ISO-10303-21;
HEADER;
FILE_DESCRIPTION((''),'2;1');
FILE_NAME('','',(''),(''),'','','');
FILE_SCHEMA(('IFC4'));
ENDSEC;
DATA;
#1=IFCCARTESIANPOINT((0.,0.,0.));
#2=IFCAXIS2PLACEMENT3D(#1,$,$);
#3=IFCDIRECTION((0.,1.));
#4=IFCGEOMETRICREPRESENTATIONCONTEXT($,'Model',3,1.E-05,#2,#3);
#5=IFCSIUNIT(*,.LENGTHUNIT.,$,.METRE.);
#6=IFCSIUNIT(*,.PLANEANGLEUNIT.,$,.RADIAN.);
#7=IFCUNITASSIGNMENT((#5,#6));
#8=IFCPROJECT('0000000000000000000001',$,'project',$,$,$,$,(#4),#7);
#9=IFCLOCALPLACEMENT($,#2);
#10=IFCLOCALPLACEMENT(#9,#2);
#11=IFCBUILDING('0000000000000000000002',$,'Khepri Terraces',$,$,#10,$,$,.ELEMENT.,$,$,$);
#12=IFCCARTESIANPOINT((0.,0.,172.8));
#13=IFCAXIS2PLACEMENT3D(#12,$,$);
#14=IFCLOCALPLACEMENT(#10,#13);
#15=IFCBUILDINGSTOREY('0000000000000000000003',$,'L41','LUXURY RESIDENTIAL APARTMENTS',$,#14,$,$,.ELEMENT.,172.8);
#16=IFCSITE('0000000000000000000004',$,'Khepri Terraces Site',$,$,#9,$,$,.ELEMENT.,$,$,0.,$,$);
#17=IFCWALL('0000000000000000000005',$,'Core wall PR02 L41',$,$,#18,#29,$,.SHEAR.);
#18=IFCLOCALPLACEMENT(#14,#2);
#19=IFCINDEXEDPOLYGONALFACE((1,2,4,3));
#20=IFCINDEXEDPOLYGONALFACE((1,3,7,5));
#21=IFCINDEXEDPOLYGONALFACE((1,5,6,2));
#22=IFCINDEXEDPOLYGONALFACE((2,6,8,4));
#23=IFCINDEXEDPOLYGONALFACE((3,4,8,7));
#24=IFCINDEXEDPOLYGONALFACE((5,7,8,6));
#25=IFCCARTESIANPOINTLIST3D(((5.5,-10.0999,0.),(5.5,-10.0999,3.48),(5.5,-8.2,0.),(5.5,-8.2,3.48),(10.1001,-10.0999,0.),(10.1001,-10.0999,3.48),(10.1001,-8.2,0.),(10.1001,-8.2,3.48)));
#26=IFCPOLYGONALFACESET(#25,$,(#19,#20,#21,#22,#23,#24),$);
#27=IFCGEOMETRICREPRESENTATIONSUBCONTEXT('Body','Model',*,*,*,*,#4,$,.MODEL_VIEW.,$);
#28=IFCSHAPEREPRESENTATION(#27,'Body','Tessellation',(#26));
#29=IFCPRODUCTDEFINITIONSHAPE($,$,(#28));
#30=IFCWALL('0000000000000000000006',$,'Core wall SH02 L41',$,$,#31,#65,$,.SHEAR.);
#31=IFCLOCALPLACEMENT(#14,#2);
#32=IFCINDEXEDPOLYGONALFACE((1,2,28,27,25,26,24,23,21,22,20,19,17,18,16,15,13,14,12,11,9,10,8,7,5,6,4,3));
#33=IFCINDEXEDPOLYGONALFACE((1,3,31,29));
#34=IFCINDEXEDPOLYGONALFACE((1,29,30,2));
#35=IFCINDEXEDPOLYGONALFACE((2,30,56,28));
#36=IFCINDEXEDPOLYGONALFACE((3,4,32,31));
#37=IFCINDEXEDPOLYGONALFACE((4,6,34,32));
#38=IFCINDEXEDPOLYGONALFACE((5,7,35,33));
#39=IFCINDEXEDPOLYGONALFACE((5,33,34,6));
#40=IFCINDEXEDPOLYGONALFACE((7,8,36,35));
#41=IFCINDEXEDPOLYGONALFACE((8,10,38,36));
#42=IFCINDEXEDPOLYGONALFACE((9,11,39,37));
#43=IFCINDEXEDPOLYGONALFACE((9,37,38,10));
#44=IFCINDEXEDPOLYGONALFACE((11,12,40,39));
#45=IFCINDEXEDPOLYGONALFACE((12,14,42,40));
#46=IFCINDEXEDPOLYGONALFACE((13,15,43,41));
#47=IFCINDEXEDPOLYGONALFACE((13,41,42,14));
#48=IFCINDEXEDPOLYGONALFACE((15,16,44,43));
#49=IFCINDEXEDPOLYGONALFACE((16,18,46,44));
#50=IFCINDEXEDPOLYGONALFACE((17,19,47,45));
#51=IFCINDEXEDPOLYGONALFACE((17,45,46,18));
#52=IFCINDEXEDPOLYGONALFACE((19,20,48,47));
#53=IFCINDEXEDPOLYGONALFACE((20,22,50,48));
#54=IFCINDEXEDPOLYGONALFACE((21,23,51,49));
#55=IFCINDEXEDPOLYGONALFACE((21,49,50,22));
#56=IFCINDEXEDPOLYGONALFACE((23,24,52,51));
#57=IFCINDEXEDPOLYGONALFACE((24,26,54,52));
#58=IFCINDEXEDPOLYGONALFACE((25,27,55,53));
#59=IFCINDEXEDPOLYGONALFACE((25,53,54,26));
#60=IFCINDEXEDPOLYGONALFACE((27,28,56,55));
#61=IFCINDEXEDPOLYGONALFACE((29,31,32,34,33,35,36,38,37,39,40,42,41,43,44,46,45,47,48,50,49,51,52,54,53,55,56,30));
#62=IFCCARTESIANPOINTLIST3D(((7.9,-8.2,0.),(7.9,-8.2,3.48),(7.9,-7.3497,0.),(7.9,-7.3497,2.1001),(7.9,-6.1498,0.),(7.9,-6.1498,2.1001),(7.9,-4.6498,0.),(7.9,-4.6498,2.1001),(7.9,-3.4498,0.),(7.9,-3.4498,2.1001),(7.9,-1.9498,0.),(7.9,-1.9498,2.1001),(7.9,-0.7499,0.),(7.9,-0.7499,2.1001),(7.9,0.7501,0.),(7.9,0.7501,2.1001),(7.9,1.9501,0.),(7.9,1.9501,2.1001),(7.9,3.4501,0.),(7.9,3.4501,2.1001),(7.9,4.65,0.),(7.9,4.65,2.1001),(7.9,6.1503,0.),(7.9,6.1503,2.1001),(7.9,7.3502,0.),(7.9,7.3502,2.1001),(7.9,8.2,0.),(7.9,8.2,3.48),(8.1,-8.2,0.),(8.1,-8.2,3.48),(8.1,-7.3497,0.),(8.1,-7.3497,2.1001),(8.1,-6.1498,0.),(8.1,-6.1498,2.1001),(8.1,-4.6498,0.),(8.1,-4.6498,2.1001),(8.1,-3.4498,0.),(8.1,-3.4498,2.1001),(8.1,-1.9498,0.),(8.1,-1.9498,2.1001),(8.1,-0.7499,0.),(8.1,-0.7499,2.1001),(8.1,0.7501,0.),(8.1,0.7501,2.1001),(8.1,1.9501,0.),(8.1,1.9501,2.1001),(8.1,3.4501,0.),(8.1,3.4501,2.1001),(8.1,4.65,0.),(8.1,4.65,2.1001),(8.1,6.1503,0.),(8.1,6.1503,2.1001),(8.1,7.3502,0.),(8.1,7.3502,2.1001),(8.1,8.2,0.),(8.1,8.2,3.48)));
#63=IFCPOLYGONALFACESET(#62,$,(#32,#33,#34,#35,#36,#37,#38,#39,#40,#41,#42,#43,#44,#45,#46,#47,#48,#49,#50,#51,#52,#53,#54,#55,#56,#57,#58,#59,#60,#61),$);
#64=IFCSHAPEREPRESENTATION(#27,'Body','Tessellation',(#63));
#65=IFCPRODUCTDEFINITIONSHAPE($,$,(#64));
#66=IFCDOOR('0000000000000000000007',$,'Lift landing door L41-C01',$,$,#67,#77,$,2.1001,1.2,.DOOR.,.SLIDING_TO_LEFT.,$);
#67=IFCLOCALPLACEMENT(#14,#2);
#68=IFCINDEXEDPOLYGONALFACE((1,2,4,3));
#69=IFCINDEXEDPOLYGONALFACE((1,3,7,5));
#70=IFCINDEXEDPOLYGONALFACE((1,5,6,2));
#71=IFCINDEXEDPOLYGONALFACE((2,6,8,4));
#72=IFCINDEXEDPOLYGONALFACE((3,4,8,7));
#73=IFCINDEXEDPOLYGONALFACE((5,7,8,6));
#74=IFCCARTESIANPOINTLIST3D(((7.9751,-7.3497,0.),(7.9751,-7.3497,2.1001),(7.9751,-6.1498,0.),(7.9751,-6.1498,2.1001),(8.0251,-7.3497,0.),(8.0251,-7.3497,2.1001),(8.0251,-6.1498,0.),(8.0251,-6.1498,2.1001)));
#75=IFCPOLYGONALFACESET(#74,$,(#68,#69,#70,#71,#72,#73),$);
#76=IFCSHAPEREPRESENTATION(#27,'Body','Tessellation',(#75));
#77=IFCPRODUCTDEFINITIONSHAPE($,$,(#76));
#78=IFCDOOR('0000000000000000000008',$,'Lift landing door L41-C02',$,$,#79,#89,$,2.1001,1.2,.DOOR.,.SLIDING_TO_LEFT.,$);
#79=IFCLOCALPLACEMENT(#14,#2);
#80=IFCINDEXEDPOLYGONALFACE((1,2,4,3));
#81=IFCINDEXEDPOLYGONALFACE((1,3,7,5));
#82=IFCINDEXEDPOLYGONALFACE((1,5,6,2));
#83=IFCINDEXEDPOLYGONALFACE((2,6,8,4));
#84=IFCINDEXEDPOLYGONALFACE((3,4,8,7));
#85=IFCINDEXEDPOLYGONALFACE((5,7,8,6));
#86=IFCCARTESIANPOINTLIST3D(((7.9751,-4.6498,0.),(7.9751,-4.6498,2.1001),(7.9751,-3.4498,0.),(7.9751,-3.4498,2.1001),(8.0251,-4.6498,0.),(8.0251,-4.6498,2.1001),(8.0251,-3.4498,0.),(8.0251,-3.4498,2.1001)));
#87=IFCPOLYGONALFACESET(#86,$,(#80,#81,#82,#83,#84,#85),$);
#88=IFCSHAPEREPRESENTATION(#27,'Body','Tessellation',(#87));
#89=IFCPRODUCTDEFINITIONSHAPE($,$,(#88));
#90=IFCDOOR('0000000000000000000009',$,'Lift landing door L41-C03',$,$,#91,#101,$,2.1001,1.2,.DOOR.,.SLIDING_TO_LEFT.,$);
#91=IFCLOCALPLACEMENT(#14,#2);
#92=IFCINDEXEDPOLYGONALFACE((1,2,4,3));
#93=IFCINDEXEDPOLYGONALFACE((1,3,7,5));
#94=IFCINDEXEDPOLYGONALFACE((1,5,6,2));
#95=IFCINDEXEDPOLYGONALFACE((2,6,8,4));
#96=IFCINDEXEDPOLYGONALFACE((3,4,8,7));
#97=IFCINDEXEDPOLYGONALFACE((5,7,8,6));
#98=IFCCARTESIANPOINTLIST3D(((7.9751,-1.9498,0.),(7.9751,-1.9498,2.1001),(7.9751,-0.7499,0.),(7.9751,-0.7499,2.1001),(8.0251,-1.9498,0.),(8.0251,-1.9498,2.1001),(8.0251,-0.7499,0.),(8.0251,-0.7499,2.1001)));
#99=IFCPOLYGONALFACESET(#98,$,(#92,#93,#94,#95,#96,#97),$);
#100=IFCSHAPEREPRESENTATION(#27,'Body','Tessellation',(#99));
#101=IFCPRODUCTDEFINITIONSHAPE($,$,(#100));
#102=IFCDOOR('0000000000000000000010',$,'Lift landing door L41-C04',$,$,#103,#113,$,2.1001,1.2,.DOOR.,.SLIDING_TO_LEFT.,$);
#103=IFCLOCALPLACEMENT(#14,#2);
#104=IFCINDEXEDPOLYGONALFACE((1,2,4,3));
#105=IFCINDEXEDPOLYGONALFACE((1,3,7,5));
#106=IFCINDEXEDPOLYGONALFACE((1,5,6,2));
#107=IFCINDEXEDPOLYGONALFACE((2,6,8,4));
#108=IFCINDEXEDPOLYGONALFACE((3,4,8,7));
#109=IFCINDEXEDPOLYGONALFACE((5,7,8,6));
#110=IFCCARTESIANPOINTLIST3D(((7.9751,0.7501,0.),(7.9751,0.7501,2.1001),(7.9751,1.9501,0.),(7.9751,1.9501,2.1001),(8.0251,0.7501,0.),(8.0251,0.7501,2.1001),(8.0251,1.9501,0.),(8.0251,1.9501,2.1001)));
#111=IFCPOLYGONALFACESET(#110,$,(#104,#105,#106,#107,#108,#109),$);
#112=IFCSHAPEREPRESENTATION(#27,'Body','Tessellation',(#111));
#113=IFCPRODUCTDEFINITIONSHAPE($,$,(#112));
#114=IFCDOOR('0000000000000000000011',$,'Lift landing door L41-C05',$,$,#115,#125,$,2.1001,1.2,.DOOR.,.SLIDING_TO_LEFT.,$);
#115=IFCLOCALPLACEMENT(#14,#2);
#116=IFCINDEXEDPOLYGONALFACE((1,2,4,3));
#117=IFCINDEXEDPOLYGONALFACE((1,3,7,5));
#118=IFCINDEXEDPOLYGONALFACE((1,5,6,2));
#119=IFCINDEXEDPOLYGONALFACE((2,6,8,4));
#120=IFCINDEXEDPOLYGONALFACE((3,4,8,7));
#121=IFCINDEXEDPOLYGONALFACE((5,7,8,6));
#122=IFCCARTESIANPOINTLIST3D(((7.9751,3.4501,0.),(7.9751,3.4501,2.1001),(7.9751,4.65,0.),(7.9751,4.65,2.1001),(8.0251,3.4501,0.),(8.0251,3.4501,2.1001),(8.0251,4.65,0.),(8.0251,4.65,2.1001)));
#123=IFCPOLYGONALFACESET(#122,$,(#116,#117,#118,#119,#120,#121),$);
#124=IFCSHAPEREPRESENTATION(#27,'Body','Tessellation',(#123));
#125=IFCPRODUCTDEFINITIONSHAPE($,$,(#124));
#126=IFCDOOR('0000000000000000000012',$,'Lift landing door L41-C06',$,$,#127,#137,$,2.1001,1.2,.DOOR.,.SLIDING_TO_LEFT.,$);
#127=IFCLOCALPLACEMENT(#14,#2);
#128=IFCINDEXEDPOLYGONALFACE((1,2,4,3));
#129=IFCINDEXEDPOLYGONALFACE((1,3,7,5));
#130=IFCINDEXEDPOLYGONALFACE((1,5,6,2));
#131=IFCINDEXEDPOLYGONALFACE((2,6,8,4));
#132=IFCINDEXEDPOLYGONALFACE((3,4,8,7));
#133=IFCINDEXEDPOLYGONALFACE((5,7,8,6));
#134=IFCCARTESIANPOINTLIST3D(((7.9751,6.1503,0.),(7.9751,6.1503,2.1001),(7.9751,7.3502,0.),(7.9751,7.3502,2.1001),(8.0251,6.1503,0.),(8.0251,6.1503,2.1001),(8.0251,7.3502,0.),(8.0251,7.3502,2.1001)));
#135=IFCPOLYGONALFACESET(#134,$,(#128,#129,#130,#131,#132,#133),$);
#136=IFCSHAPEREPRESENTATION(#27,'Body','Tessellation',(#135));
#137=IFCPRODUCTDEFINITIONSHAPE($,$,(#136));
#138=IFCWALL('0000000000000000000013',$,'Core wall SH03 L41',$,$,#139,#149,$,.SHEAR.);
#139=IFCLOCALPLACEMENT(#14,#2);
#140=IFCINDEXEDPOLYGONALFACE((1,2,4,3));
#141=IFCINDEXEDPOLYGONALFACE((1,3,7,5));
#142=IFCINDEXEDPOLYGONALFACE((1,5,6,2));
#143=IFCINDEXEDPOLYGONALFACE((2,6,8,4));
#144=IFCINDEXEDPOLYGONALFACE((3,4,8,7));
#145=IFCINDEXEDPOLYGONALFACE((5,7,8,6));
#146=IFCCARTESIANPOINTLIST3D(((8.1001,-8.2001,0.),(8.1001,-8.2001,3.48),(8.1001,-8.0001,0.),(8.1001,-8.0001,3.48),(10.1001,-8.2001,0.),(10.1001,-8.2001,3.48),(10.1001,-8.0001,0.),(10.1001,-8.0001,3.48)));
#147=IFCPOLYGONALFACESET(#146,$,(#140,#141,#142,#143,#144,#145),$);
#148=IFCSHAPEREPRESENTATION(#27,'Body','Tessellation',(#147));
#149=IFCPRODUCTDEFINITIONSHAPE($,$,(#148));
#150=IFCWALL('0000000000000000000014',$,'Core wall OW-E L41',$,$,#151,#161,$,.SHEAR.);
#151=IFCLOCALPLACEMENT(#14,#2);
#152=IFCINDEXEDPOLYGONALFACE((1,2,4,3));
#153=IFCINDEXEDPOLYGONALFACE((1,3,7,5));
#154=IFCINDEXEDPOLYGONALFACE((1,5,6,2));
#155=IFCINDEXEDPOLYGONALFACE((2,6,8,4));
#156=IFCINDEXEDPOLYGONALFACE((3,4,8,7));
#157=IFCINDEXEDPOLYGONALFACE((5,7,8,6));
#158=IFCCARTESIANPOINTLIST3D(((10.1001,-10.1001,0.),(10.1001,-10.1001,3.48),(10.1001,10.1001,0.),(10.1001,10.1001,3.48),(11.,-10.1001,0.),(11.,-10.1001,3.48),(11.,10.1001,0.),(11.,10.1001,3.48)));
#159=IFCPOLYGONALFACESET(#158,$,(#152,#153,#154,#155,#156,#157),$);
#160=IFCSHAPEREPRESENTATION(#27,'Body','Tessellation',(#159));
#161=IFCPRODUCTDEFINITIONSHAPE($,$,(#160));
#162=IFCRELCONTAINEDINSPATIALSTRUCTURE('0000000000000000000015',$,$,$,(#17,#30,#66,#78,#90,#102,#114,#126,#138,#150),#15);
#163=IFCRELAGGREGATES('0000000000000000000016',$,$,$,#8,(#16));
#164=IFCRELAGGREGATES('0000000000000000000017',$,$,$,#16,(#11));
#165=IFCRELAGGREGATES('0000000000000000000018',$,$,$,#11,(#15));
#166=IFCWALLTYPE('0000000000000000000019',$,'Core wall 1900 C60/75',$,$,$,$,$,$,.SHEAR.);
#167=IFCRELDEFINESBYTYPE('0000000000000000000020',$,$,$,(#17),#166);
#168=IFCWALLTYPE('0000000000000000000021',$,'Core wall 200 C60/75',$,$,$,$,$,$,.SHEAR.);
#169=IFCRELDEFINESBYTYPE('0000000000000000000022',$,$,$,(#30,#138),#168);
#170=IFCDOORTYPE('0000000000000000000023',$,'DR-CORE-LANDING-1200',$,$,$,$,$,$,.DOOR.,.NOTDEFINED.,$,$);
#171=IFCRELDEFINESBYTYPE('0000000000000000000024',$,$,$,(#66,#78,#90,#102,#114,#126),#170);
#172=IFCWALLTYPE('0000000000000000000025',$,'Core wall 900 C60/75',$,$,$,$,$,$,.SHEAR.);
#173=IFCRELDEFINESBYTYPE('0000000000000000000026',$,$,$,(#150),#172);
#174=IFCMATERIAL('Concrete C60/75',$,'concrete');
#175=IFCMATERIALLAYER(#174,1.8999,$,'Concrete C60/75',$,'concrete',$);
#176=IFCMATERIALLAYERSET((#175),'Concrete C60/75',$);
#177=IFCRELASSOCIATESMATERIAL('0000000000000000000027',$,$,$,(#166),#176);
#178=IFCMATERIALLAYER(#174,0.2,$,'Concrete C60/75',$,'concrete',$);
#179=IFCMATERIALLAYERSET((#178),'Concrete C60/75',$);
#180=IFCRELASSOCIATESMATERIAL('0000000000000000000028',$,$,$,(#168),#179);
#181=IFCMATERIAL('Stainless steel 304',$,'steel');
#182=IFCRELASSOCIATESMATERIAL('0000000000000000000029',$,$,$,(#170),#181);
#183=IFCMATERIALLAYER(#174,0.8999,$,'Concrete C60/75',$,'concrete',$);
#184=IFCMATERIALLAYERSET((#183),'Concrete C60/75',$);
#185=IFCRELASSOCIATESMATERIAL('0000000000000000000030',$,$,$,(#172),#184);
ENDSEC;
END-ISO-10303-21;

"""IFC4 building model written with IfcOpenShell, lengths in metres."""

from ifc_helpers import new_model, si_unit, direction, frame, frame_2d, origin, place, context, subcontext, project, spatial, rectangle, extrude, material, layer, layer_set, type_object, element, fill, save


model = new_model("IFC4")

# Units and contexts
model_context = context("Model", 3, precision=1e-05, world=origin(), true_north=direction((0.0, 1.0)))
body_context = subcontext(model_context, "Body", "Model", "MODEL_VIEW")
ifc_project = project(units=[si_unit("LENGTHUNIT", "METRE"), si_unit("PLANEANGLEUNIT", "RADIAN")], contexts=[model_context])

# Site, building, storey
site_placement = place(None, origin())
site = spatial("IfcSite", under=ifc_project, at=site_placement, Name="Khepri Terraces Site", CompositionType="ELEMENT", RefElevation=0.0)
building_placement = place(site_placement, origin())
building = spatial("IfcBuilding", under=site, at=building_placement, Name="Khepri Terraces", CompositionType="ELEMENT")
storey_placement = place(building_placement, frame((0.0, 0.0, 172.8)))
storey = spatial("IfcBuildingStorey", under=building, at=storey_placement, Name="L41", Description="LUXURY RESIDENTIAL APARTMENTS", CompositionType="ELEMENT", Elevation=172.8)

# Wall
ifc_material_1 = material(Name="Concrete C60/75", Category="concrete")
ifc_layer_1 = layer(ifc_material_1, 1.8999, Name="Concrete C60/75", Category="concrete")
ifc_layer_set_1 = layer_set([ifc_layer_1], Name="Concrete C60/75")
wall_type_1 = type_object("IfcWallType", Name="Core wall 1900 C60/75", PredefinedType="SHEAR", material=ifc_layer_set_1)
wall_1_placement = place(storey_placement, frame((5.5, -9.1499, 0.0), z_axis=(0.0, 0.0, 1.0), x_axis=(1.0, 0.0, 0.0)))
element("IfcWall", 1, at=wall_1_placement, inside=storey, type_object=wall_type_1, Name="Core wall PR02 L41", PredefinedType="SHEAR", context=body_context, shape_type="SweptSolid", body=[
    extrude(rectangle(XDim=4.6001, YDim=1.8999, at=frame_2d((2.3, 0.0))), origin(), (0.0, 0.0, 1.0), 3.48),
])

# Wall, openings, doors
ifc_layer_2 = layer(ifc_material_1, 0.2, Name="Concrete C60/75", Category="concrete")
ifc_layer_set_2 = layer_set([ifc_layer_2], Name="Concrete C60/75")
wall_type_2 = type_object("IfcWallType", Name="Core wall 200 C60/75", PredefinedType="SHEAR", material=ifc_layer_set_2)
wall_2_placement = place(storey_placement, frame((8.0, -8.2, 0.0), z_axis=(0.0, 0.0, 1.0), x_axis=(0.0, 1.0, 0.0)))
wall_2 = element("IfcWall", 2, at=wall_2_placement, inside=storey, type_object=wall_type_2, Name="Core wall SH02 L41", PredefinedType="SHEAR", context=body_context, shape_type="SweptSolid", body=[
    extrude(rectangle(XDim=16.3999, YDim=0.2, at=frame_2d((8.2, 0.0))), origin(), (0.0, 0.0, 1.0), 3.48),
])
opening_1_placement = place(wall_2_placement, frame((0.8501, 0.0, 0.0)))
opening_1 = element("IfcOpeningElement", 3, at=opening_1_placement, cuts=wall_2, PredefinedType="OPENING", context=body_context, shape_type="SweptSolid", body=[
    extrude(rectangle(XDim=1.2, YDim=2.1001, at=frame_2d((0.6001, 1.05))), frame((0.0, 0.1099, 0.0), z_axis=(0.0, -1.0, 0.0), x_axis=(1.0, 0.0, 0.0)), (0.0, 0.0, 1.0), 0.22),
])
opening_2_placement = place(wall_2_placement, frame((3.55, 0.0, 0.0)))
opening_2 = element("IfcOpeningElement", 4, at=opening_2_placement, cuts=wall_2, PredefinedType="OPENING", context=body_context, shape_type="SweptSolid", body=[
    extrude(rectangle(XDim=1.2, YDim=2.1001, at=frame_2d((0.6001, 1.05))), frame((0.0, 0.1099, 0.0), z_axis=(0.0, -1.0, 0.0), x_axis=(1.0, 0.0, 0.0)), (0.0, 0.0, 1.0), 0.22),
])
opening_3_placement = place(wall_2_placement, frame((6.25, 0.0, 0.0)))
opening_3 = element("IfcOpeningElement", 5, at=opening_3_placement, cuts=wall_2, PredefinedType="OPENING", context=body_context, shape_type="SweptSolid", body=[
    extrude(rectangle(XDim=1.2, YDim=2.1001, at=frame_2d((0.6001, 1.05))), frame((0.0, 0.1099, 0.0), z_axis=(0.0, -1.0, 0.0), x_axis=(1.0, 0.0, 0.0)), (0.0, 0.0, 1.0), 0.22),
])
opening_4_placement = place(wall_2_placement, frame((8.95, 0.0, 0.0)))
opening_4 = element("IfcOpeningElement", 6, at=opening_4_placement, cuts=wall_2, PredefinedType="OPENING", context=body_context, shape_type="SweptSolid", body=[
    extrude(rectangle(XDim=1.2, YDim=2.1001, at=frame_2d((0.6001, 1.05))), frame((0.0, 0.1099, 0.0), z_axis=(0.0, -1.0, 0.0), x_axis=(1.0, 0.0, 0.0)), (0.0, 0.0, 1.0), 0.22),
])
opening_5_placement = place(wall_2_placement, frame((11.6499, 0.0, 0.0)))
opening_5 = element("IfcOpeningElement", 7, at=opening_5_placement, cuts=wall_2, PredefinedType="OPENING", context=body_context, shape_type="SweptSolid", body=[
    extrude(rectangle(XDim=1.2, YDim=2.1001, at=frame_2d((0.6001, 1.05))), frame((0.0, 0.1099, 0.0), z_axis=(0.0, -1.0, 0.0), x_axis=(1.0, 0.0, 0.0)), (0.0, 0.0, 1.0), 0.22),
])
opening_6_placement = place(wall_2_placement, frame((14.3501, 0.0, 0.0)))
opening_6 = element("IfcOpeningElement", 8, at=opening_6_placement, cuts=wall_2, PredefinedType="OPENING", context=body_context, shape_type="SweptSolid", body=[
    extrude(rectangle(XDim=1.2, YDim=2.1001, at=frame_2d((0.6001, 1.05))), frame((0.0, 0.1099, 0.0), z_axis=(0.0, -1.0, 0.0), x_axis=(1.0, 0.0, 0.0)), (0.0, 0.0, 1.0), 0.22),
])
ifc_material_2 = material(Name="Stainless steel 304", Category="steel")
door_type_1 = type_object("IfcDoorType", Name="DR-CORE-LANDING-1200", OperationType="NOTDEFINED", PredefinedType="DOOR", material=ifc_material_2)
door_1_placement = place(opening_1_placement, origin())
door_1 = element("IfcDoor", 9, at=door_1_placement, inside=storey, type_object=door_type_1, Name="Lift landing door L41-C01", OperationType="SLIDING_TO_LEFT", OverallHeight=2.1001, OverallWidth=1.2, PredefinedType="DOOR", context=body_context, shape_type="SweptSolid", body=[
    extrude(rectangle(XDim=1.2, YDim=2.1001, at=frame_2d((0.6001, 1.05))), frame((0.0, 0.0249, 0.0), z_axis=(0.0, -1.0, 0.0), x_axis=(1.0, 0.0, 0.0)), (0.0, 0.0, 1.0), 0.05),
])
fill(opening_1, door_1)
door_2_placement = place(opening_2_placement, origin())
door_2 = element("IfcDoor", 10, at=door_2_placement, inside=storey, type_object=door_type_1, Name="Lift landing door L41-C02", OperationType="SLIDING_TO_LEFT", OverallHeight=2.1001, OverallWidth=1.2, PredefinedType="DOOR", context=body_context, shape_type="SweptSolid", body=[
    extrude(rectangle(XDim=1.2, YDim=2.1001, at=frame_2d((0.6001, 1.05))), frame((0.0, 0.0249, 0.0), z_axis=(0.0, -1.0, 0.0), x_axis=(1.0, 0.0, 0.0)), (0.0, 0.0, 1.0), 0.05),
])
fill(opening_2, door_2)
door_3_placement = place(opening_3_placement, origin())
door_3 = element("IfcDoor", 11, at=door_3_placement, inside=storey, type_object=door_type_1, Name="Lift landing door L41-C03", OperationType="SLIDING_TO_LEFT", OverallHeight=2.1001, OverallWidth=1.2, PredefinedType="DOOR", context=body_context, shape_type="SweptSolid", body=[
    extrude(rectangle(XDim=1.2, YDim=2.1001, at=frame_2d((0.6001, 1.05))), frame((0.0, 0.0249, 0.0), z_axis=(0.0, -1.0, 0.0), x_axis=(1.0, 0.0, 0.0)), (0.0, 0.0, 1.0), 0.05),
])
fill(opening_3, door_3)
door_4_placement = place(opening_4_placement, origin())
door_4 = element("IfcDoor", 12, at=door_4_placement, inside=storey, type_object=door_type_1, Name="Lift landing door L41-C04", OperationType="SLIDING_TO_LEFT", OverallHeight=2.1001, OverallWidth=1.2, PredefinedType="DOOR", context=body_context, shape_type="SweptSolid", body=[
    extrude(rectangle(XDim=1.2, YDim=2.1001, at=frame_2d((0.6001, 1.05))), frame((0.0, 0.0249, 0.0), z_axis=(0.0, -1.0, 0.0), x_axis=(1.0, 0.0, 0.0)), (0.0, 0.0, 1.0), 0.05),
])
fill(opening_4, door_4)
door_5_placement = place(opening_5_placement, origin())
door_5 = element("IfcDoor", 13, at=door_5_placement, inside=storey, type_object=door_type_1, Name="Lift landing door L41-C05", OperationType="SLIDING_TO_LEFT", OverallHeight=2.1001, OverallWidth=1.2, PredefinedType="DOOR", context=body_context, shape_type="SweptSolid", body=[
    extrude(rectangle(XDim=1.2, YDim=2.1001, at=frame_2d((0.6001, 1.05))), frame((0.0, 0.0249, 0.0), z_axis=(0.0, -1.0, 0.0), x_axis=(1.0, 0.0, 0.0)), (0.0, 0.0, 1.0), 0.05),
])
fill(opening_5, door_5)
door_6_placement = place(opening_6_placement, origin())
door_6 = element("IfcDoor", 14, at=door_6_placement, inside=storey, type_object=door_type_1, Name="Lift landing door L41-C06", OperationType="SLIDING_TO_LEFT", OverallHeight=2.1001, OverallWidth=1.2, PredefinedType="DOOR", context=body_context, shape_type="SweptSolid", body=[
    extrude(rectangle(XDim=1.2, YDim=2.1001, at=frame_2d((0.6001, 1.05))), frame((0.0, 0.0249, 0.0), z_axis=(0.0, -1.0, 0.0), x_axis=(1.0, 0.0, 0.0)), (0.0, 0.0, 1.0), 0.05),
])
fill(opening_6, door_6)

# Walls
wall_3_placement = place(storey_placement, frame((8.1001, -8.1001, 0.0), z_axis=(0.0, 0.0, 1.0), x_axis=(1.0, 0.0, 0.0)))
element("IfcWall", 15, at=wall_3_placement, inside=storey, type_object=wall_type_2, Name="Core wall SH03 L41", PredefinedType="SHEAR", context=body_context, shape_type="SweptSolid", body=[
    extrude(rectangle(XDim=2.0, YDim=0.2, at=frame_2d((1.0, 0.0))), origin(), (0.0, 0.0, 1.0), 3.48),
])
ifc_layer_3 = layer(ifc_material_1, 0.8999, Name="Concrete C60/75", Category="concrete")
ifc_layer_set_3 = layer_set([ifc_layer_3], Name="Concrete C60/75")
wall_type_3 = type_object("IfcWallType", Name="Core wall 900 C60/75", PredefinedType="SHEAR", material=ifc_layer_set_3)
wall_4_placement = place(storey_placement, frame((10.55, -10.1001, 0.0), z_axis=(0.0, 0.0, 1.0), x_axis=(0.0, 1.0, 0.0)))
element("IfcWall", 16, at=wall_4_placement, inside=storey, type_object=wall_type_3, Name="Core wall OW-E L41", PredefinedType="SHEAR", context=body_context, shape_type="SweptSolid", body=[
    extrude(rectangle(XDim=20.2002, YDim=0.8999, at=frame_2d((10.1001, 0.0))), origin(), (0.0, 0.0, 1.0), 3.48),
])

save(model, "model.ifc")
